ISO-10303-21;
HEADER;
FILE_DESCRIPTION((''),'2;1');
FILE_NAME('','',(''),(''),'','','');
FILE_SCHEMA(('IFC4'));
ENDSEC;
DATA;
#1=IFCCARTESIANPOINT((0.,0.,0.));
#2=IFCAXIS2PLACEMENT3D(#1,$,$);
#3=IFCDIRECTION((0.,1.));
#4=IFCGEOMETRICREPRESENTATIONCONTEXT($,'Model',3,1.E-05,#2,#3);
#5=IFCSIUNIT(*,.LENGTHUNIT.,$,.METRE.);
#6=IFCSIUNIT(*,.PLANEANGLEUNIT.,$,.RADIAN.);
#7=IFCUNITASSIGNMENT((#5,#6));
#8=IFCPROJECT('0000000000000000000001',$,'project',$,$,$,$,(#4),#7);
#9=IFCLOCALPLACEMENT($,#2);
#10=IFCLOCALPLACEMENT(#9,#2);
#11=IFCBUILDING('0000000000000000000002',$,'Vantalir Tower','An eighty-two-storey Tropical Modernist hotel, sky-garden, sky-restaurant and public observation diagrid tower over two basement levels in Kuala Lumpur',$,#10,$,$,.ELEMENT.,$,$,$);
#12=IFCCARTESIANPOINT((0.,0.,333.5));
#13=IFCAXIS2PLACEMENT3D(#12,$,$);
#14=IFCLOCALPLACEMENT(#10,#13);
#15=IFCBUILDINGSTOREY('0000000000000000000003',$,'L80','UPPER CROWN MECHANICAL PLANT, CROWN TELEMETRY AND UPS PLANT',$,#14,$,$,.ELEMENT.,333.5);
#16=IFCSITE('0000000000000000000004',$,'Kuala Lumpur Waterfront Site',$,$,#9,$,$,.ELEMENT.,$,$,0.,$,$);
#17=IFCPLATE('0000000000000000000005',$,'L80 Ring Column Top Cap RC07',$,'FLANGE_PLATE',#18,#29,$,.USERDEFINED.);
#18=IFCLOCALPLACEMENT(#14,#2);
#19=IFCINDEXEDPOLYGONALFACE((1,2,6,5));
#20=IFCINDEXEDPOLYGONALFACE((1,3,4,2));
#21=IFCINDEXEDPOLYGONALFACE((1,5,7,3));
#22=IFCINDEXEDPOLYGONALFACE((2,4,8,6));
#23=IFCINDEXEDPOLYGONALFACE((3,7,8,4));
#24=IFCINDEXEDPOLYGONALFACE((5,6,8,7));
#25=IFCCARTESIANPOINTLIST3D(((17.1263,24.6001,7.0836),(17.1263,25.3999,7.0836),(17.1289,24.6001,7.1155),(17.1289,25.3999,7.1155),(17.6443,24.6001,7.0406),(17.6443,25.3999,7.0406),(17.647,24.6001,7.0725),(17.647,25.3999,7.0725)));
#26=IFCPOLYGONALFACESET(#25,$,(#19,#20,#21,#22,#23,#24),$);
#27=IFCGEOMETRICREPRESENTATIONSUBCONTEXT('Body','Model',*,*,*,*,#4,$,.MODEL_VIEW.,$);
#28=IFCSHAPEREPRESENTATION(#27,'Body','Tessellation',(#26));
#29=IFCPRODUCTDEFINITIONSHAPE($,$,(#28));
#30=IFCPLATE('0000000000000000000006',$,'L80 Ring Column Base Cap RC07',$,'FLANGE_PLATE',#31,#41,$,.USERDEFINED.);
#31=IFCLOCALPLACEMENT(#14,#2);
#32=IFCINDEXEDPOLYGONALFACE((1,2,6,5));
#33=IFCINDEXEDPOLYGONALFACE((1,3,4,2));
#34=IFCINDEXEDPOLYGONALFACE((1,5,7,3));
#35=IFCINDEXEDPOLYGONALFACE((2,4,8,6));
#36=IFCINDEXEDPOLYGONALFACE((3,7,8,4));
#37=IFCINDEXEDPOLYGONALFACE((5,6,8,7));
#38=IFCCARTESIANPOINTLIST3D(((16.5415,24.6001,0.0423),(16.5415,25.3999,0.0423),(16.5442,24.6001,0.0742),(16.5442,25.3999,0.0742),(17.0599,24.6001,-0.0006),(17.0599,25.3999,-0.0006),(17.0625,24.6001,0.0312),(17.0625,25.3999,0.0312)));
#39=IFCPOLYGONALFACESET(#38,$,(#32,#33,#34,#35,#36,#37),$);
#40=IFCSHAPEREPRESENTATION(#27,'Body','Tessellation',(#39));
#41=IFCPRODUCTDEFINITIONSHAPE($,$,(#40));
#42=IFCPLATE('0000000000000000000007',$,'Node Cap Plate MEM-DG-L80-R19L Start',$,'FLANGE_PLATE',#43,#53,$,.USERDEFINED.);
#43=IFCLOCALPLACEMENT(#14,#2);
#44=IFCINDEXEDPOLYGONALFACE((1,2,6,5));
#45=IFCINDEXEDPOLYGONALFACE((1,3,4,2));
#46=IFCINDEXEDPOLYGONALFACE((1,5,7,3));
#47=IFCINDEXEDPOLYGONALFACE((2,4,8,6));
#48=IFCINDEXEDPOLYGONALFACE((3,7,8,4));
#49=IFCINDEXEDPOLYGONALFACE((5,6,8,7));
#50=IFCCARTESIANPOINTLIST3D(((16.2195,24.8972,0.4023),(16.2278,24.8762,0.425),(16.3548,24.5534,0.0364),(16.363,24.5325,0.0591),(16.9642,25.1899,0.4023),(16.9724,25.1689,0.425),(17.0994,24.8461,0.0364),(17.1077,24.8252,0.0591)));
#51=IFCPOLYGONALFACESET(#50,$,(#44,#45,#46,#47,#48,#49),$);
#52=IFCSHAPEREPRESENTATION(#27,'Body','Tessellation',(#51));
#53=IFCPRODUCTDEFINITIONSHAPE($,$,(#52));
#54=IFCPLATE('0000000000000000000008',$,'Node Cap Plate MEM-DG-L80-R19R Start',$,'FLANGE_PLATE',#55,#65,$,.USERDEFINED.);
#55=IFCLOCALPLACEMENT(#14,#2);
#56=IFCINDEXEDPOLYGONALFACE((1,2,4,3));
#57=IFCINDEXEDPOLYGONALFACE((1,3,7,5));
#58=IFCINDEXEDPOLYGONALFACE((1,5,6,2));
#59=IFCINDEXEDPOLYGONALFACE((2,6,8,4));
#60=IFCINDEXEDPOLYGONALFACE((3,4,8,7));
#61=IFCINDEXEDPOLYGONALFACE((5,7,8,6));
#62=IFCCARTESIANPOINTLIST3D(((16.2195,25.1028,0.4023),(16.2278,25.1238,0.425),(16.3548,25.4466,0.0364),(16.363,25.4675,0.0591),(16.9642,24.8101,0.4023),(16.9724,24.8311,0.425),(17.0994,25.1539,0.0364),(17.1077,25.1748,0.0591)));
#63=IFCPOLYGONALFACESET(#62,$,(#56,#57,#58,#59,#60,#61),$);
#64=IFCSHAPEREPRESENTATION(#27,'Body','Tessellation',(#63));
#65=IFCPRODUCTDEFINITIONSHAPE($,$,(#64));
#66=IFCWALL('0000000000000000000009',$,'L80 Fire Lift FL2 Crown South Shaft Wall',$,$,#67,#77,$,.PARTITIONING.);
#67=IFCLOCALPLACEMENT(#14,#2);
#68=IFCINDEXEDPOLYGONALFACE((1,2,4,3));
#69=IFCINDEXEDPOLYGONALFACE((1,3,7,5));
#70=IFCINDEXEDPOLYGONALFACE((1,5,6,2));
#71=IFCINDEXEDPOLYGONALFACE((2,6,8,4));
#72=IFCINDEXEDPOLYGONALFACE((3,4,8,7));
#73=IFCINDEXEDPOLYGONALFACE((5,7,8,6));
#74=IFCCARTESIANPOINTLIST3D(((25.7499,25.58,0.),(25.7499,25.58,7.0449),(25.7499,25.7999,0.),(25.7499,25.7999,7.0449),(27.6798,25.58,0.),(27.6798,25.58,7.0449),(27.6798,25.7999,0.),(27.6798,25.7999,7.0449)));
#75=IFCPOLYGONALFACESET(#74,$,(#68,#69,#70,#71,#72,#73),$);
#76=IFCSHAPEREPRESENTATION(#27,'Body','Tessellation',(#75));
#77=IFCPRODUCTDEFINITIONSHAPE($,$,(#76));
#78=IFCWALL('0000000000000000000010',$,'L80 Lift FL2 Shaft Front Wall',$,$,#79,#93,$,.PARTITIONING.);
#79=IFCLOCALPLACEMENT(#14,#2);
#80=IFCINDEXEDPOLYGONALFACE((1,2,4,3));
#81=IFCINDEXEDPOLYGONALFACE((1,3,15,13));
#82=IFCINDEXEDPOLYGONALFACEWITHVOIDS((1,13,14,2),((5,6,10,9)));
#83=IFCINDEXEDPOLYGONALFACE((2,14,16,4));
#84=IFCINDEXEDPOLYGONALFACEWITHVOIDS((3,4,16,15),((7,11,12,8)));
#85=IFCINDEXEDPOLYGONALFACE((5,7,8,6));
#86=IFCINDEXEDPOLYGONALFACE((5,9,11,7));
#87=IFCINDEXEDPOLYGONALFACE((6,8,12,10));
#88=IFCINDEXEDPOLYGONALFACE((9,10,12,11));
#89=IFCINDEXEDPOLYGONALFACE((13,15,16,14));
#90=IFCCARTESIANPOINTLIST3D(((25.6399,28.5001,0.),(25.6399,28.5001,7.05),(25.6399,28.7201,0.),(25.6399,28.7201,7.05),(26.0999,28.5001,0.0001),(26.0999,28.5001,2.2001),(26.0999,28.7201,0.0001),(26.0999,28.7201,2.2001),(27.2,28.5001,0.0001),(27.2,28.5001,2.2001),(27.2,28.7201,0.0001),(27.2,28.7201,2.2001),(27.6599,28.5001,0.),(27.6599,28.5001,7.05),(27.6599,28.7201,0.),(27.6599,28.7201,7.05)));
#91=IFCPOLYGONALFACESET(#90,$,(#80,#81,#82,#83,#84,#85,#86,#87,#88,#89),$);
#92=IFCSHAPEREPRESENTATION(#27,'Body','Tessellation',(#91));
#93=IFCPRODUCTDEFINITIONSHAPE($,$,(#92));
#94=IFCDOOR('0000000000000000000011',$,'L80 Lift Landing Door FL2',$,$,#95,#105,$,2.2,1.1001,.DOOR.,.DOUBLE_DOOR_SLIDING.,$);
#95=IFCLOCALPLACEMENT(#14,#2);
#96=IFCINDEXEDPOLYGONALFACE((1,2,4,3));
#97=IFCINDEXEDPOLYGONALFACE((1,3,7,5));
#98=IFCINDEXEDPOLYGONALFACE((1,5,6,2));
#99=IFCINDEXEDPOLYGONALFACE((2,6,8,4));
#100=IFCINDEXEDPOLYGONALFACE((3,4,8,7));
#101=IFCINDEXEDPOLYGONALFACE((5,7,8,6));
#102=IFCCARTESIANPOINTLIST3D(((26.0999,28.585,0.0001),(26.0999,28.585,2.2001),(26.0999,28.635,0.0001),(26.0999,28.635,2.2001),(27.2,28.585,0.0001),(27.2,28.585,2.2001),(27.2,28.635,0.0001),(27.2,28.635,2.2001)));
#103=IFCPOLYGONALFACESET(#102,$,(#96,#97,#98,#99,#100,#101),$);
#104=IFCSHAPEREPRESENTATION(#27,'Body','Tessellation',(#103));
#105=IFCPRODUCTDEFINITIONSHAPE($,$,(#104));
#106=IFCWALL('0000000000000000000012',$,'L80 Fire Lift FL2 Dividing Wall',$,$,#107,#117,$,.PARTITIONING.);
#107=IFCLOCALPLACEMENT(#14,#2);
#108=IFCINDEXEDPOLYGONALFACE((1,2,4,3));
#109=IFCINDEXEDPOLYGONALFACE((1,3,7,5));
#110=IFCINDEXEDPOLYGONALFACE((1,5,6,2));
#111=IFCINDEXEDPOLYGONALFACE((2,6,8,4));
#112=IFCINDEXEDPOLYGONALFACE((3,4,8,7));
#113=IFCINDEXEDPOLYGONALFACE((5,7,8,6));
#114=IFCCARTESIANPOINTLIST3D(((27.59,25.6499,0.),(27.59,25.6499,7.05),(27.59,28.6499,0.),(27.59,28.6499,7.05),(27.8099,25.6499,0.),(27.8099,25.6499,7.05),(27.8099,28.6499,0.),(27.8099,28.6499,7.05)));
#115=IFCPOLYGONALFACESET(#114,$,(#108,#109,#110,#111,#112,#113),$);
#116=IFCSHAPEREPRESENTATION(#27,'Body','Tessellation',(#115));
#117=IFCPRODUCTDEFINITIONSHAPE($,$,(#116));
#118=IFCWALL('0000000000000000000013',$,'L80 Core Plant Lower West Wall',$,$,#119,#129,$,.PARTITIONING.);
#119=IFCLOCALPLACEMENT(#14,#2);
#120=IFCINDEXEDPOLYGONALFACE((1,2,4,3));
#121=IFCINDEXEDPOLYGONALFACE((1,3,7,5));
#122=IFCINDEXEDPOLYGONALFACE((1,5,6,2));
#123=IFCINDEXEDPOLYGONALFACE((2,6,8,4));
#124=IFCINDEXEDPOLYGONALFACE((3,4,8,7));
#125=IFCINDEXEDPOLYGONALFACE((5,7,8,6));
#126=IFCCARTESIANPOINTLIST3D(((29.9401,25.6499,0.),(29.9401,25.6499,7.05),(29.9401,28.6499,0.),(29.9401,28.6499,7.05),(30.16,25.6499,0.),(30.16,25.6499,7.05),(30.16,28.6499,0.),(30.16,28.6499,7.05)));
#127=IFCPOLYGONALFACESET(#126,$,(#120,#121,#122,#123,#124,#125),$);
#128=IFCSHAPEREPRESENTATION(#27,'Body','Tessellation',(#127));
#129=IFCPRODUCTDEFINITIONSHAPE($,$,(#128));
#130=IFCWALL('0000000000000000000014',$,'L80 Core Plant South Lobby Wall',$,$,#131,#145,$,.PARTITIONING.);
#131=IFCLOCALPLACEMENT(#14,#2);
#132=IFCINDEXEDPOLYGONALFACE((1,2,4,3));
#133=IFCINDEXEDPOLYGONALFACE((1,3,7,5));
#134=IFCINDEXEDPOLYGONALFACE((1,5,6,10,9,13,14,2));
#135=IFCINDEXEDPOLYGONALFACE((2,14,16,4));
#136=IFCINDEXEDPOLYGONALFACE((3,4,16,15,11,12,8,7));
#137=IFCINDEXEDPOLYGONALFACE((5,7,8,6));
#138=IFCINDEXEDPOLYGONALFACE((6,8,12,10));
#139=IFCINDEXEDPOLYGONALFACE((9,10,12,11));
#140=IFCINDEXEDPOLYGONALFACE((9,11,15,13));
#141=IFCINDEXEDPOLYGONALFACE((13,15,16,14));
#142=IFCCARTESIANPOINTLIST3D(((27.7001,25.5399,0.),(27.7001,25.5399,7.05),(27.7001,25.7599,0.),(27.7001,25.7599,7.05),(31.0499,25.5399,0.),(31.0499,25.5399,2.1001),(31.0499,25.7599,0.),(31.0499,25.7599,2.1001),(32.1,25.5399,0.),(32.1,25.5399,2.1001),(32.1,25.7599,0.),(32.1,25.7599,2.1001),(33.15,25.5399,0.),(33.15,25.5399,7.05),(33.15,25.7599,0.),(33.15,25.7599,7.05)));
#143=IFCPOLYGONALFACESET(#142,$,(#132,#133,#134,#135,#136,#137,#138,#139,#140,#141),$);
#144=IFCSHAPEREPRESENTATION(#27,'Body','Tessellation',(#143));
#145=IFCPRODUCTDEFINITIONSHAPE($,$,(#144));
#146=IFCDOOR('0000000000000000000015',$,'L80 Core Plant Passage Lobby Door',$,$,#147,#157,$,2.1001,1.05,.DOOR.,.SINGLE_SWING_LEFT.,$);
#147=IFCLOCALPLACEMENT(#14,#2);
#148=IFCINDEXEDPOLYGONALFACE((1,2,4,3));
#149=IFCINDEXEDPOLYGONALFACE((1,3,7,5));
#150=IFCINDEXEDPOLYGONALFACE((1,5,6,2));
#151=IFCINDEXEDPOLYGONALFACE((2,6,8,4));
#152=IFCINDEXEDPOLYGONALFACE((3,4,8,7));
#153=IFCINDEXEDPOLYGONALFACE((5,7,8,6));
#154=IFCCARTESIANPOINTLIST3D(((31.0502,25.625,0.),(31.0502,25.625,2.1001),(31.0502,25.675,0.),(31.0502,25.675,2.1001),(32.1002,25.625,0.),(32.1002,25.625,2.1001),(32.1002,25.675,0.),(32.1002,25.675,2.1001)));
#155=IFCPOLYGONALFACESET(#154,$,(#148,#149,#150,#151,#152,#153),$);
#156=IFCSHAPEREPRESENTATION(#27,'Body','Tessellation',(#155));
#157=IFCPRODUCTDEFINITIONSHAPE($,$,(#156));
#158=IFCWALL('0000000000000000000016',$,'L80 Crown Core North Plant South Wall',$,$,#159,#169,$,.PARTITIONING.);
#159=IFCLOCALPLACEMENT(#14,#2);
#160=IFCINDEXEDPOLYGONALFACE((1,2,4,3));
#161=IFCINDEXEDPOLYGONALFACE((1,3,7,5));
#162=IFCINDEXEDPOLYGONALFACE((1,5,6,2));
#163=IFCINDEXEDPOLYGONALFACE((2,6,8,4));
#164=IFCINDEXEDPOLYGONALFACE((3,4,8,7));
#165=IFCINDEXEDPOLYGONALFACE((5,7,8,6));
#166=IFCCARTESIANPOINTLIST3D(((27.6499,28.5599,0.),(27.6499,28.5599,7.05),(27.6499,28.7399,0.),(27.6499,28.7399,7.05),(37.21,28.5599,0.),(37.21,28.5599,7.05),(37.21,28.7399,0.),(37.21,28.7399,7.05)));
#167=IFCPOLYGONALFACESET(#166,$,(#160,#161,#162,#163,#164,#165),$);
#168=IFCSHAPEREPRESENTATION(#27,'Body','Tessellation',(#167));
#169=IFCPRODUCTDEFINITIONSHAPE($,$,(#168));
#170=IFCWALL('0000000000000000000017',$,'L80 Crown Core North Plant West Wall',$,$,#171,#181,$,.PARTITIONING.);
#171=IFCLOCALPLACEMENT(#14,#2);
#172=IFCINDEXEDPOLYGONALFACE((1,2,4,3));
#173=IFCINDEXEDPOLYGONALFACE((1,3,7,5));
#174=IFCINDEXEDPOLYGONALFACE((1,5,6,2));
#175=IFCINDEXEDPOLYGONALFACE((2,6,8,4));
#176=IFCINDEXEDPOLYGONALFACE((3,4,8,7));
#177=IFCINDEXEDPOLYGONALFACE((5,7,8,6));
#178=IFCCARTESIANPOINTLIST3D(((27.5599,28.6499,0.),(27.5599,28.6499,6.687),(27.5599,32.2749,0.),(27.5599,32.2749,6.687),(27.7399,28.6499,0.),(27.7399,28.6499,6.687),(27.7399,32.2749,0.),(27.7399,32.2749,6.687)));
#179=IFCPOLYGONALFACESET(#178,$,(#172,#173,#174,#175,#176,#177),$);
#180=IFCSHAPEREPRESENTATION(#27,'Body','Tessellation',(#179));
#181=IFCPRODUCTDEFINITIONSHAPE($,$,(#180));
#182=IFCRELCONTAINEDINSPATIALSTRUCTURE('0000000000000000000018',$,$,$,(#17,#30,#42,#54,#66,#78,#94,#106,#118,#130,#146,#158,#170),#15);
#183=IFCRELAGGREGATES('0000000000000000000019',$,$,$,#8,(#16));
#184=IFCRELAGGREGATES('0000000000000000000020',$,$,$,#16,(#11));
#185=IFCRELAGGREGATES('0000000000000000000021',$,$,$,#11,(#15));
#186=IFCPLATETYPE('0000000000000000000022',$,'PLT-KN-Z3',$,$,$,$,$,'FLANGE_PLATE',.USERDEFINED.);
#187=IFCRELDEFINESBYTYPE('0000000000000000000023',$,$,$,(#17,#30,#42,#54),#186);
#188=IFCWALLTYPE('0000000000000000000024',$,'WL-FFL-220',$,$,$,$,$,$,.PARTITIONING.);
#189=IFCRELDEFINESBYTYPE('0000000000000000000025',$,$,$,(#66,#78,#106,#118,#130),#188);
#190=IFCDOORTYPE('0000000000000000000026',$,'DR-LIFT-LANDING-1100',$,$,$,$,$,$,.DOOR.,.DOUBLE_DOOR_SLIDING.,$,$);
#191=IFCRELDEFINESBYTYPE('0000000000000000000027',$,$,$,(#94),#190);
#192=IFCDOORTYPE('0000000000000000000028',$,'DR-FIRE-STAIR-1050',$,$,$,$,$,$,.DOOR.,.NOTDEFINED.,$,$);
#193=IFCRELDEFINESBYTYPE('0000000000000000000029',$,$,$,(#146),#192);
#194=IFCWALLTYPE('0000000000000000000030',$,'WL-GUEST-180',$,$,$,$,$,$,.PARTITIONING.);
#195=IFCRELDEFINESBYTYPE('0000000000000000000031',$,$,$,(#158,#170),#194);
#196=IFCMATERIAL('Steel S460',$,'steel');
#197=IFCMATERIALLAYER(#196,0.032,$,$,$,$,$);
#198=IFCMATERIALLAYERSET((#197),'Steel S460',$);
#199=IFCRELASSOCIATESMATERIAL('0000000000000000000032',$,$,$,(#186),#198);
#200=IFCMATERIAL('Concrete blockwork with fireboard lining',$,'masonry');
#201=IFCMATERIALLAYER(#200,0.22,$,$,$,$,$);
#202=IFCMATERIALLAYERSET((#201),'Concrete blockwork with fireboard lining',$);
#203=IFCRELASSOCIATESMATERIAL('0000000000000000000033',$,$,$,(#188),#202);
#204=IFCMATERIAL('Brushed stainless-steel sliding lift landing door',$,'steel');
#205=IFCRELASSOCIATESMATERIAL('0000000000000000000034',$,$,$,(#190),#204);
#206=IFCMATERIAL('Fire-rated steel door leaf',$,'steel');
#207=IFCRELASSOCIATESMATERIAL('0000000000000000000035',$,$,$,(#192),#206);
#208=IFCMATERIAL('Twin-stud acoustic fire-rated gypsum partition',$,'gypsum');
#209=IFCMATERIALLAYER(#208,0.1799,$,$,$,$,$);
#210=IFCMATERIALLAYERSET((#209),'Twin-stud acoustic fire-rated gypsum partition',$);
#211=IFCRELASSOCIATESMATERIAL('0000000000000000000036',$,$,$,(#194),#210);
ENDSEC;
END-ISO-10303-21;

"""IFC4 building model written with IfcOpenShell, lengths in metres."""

from ifc_helpers import new_model, si_unit, direction, frame, frame_2d, origin, place, context, subcontext, project, spatial, polyline, rectangle, outline, extrude, material, layer, layer_set, type_object, element, fill, save


model = new_model("IFC4")

# Units and contexts
model_context = context("Model", 3, precision=1e-05, world=origin(), true_north=direction((0.0, 1.0)))
body_context = subcontext(model_context, "Body", "Model", "MODEL_VIEW")
ifc_project = project(units=[si_unit("LENGTHUNIT", "METRE"), si_unit("PLANEANGLEUNIT", "RADIAN")], contexts=[model_context])

# Site, building, storey
site_placement = place(None, origin())
site = spatial("IfcSite", under=ifc_project, at=site_placement, Name="Kuala Lumpur Waterfront Site", CompositionType="ELEMENT", RefElevation=0.0)
building_placement = place(site_placement, origin())
building = spatial("IfcBuilding", under=site, at=building_placement, Name="Vantalir Tower", Description="An eighty-two-storey Tropical Modernist hotel, sky-garden, sky-restaurant and public observation diagrid tower over two basement levels in Kuala Lumpur", CompositionType="ELEMENT")
storey_placement = place(building_placement, frame((0.0, 0.0, 333.5)))
storey = spatial("IfcBuildingStorey", under=building, at=storey_placement, Name="L80", Description="UPPER CROWN MECHANICAL PLANT, CROWN TELEMETRY AND UPS PLANT", CompositionType="ELEMENT", Elevation=333.5)

# Shared definitions
ifc_material_1 = material(Name="Steel S460", Category="steel")

# Plates
ifc_layer_1 = layer(ifc_material_1, 0.032)
ifc_layer_set_1 = layer_set([ifc_layer_1], Name="Steel S460")
plate_type_1 = type_object("IfcPlateType", Name="PLT-KN-Z3", ElementType="FLANGE_PLATE", PredefinedType="USERDEFINED", material=ifc_layer_set_1)
plate_1_placement = place(storey_placement, frame((17.1289, 25.3999, 7.1155), z_axis=(0.082657, 0.0, 0.996578), x_axis=(0.0, -1.0, 0.0)))
element("IfcPlate", 1, at=plate_1_placement, inside=storey, type_object=plate_type_1, Name="L80 Ring Column Top Cap RC07", ObjectType="FLANGE_PLATE", PredefinedType="USERDEFINED", context=body_context, shape_type="SweptSolid", body=[
    extrude(outline(polyline([(0.0, 0.0), (0.7998, 0.0), (0.7998, 0.5198), (0.0, 0.5198), (0.0, 0.0)])), origin(), (0.0, 0.0, -1.0), 0.032),
])
plate_2_placement = place(storey_placement, frame((16.5442, 25.3999, 0.0742), z_axis=(0.082618, 0.0, 0.996581), x_axis=(0.0, -1.0, 0.0)))
element("IfcPlate", 2, at=plate_2_placement, inside=storey, type_object=plate_type_1, Name="L80 Ring Column Base Cap RC07", ObjectType="FLANGE_PLATE", PredefinedType="USERDEFINED", context=body_context, shape_type="SweptSolid", body=[
    extrude(outline(polyline([(0.0, 0.0), (0.7998, 0.0), (0.7998, 0.5201), (0.0, 0.5201), (0.0, 0.0)])), origin(), (0.0, 0.0, -1.0), 0.032),
])
plate_3_placement = place(storey_placement, frame((16.363, 24.5325, 0.0591), z_axis=(0.257491, -0.655002, 0.710402), x_axis=(0.93067, 0.36586, 0.0)))
element("IfcPlate", 3, at=plate_3_placement, inside=storey, type_object=plate_type_1, Name="Node Cap Plate MEM-DG-L80-R19L Start", ObjectType="FLANGE_PLATE", PredefinedType="USERDEFINED", context=body_context, shape_type="SweptSolid", body=[
    extrude(outline(polyline([(0.0, 0.0), (0.8001, 0.0), (0.8, 0.52), (-0.0001, 0.52), (0.0, 0.0)])), origin(), (0.0, 0.0, -1.0), 0.032),
])
plate_4_placement = place(storey_placement, frame((17.1077, 25.1748, 0.0591), z_axis=(0.257491, 0.655002, 0.710402), x_axis=(-0.93067, 0.36586, 0.0)))
element("IfcPlate", 4, at=plate_4_placement, inside=storey, type_object=plate_type_1, Name="Node Cap Plate MEM-DG-L80-R19R Start", ObjectType="FLANGE_PLATE", PredefinedType="USERDEFINED", context=body_context, shape_type="SweptSolid", body=[
    extrude(outline(polyline([(0.0, 0.0), (0.8001, 0.0), (0.8002, 0.52), (0.0001, 0.52), (0.0, 0.0)])), origin(), (0.0, 0.0, -1.0), 0.032),
])

# Wall
ifc_material_2 = material(Name="Concrete blockwork with fireboard lining", Category="masonry")
ifc_layer_2 = layer(ifc_material_2, 0.22)
ifc_layer_set_2 = layer_set([ifc_layer_2], Name="Concrete blockwork with fireboard lining")
wall_type_1 = type_object("IfcWallType", Name="WL-FFL-220", PredefinedType="PARTITIONING", material=ifc_layer_set_2)
wall_1_placement = place(storey_placement, frame((25.75, 25.6899, 0.0), z_axis=(0.0, 0.0, 1.0), x_axis=(1.0, 0.0, 0.0)))
element("IfcWall", 5, at=wall_1_placement, inside=storey, type_object=wall_type_1, Name="L80 Fire Lift FL2 Crown South Shaft Wall", PredefinedType="PARTITIONING", context=body_context, shape_type="SweptSolid", body=[
    extrude(rectangle(XDim=1.9299, YDim=0.22, at=frame_2d((0.9648, 0.0))), origin(), (0.0, 0.0, 1.0), 7.0449),
])

# Wall, opening, door
wall_2_placement = place(storey_placement, frame((25.6399, 28.6101, 0.0), z_axis=(0.0, 0.0, 1.0), x_axis=(1.0, 0.0, 0.0)))
wall_2 = element("IfcWall", 6, at=wall_2_placement, inside=storey, type_object=wall_type_1, Name="L80 Lift FL2 Shaft Front Wall", PredefinedType="PARTITIONING", context=body_context, shape_type="SweptSolid", body=[
    extrude(rectangle(XDim=2.02, YDim=0.22, at=frame_2d((1.01, 0.0))), origin(), (0.0, 0.0, 1.0), 7.05),
])
opening_1_placement = place(wall_2_placement, frame((0.46, 0.0, 0.0)))
opening_1 = element("IfcOpeningElement", 7, at=opening_1_placement, cuts=wall_2, PredefinedType="OPENING", context=body_context, shape_type="SweptSolid", body=[
    extrude(rectangle(XDim=1.1001, YDim=2.2, at=frame_2d((0.55, 1.1001))), frame((0.0, 0.1199, 0.0), z_axis=(0.0, -1.0, 0.0), x_axis=(1.0, 0.0, 0.0)), (0.0, 0.0, 1.0), 0.24),
])
ifc_material_3 = material(Name="Brushed stainless-steel sliding lift landing door", Category="steel")
door_type_1 = type_object("IfcDoorType", Name="DR-LIFT-LANDING-1100", OperationType="DOUBLE_DOOR_SLIDING", PredefinedType="DOOR", material=ifc_material_3)
door_1_placement = place(opening_1_placement, origin())
door_1 = element("IfcDoor", 8, at=door_1_placement, inside=storey, type_object=door_type_1, Name="L80 Lift Landing Door FL2", OperationType="DOUBLE_DOOR_SLIDING", OverallHeight=2.2, OverallWidth=1.1001, PredefinedType="DOOR", context=body_context, shape_type="SweptSolid", body=[
    extrude(rectangle(XDim=1.1001, YDim=2.2, at=frame_2d((0.55, 1.1001))), frame((0.0, 0.0249, 0.0), z_axis=(0.0, -1.0, 0.0), x_axis=(1.0, 0.0, 0.0)), (0.0, 0.0, 1.0), 0.05),
])
fill(opening_1, door_1)

# Walls
for number, where, z_axis, x_axis, name in (
    (9, (27.7, 25.6499, 0.0), (0.0, 0.0, 1.0), (0.0, 1.0, 0.0), "L80 Fire Lift FL2 Dividing Wall"),
    (10, (30.05, 25.6499, 0.0), (0.0, 0.0, 1.0), (0.0, 1.0, 0.0), "L80 Core Plant Lower West Wall"),
):
    element("IfcWall", number, at=place(storey_placement, frame(where, z_axis=z_axis, x_axis=x_axis)), inside=storey, type_object=wall_type_1, Name=name, PredefinedType="PARTITIONING", context=body_context, shape_type="SweptSolid", body=[
        extrude(rectangle(XDim=3.0, YDim=0.22, at=frame_2d((1.5, 0.0))), origin(), (0.0, 0.0, 1.0), 7.05),
    ])

# Wall, opening, door
wall_3_placement = place(storey_placement, frame((27.7, 25.6499, 0.0), z_axis=(0.0, 0.0, 1.0), x_axis=(1.0, 0.0, 0.0)))
wall_3 = element("IfcWall", 11, at=wall_3_placement, inside=storey, type_object=wall_type_1, Name="L80 Core Plant South Lobby Wall", PredefinedType="PARTITIONING", context=body_context, shape_type="SweptSolid", body=[
    extrude(rectangle(XDim=5.45, YDim=0.22, at=frame_2d((2.7251, 0.0))), origin(), (0.0, 0.0, 1.0), 7.05),
])
opening_2_placement = place(wall_3_placement, frame((3.3501, 0.0, 0.0)))
opening_2 = element("IfcOpeningElement", 12, at=opening_2_placement, cuts=wall_3, PredefinedType="OPENING", context=body_context, shape_type="SweptSolid", body=[
    extrude(rectangle(XDim=1.05, YDim=2.1001, at=frame_2d((0.5249, 1.05))), frame((0.0, 0.1199, 0.0), z_axis=(0.0, -1.0, 0.0), x_axis=(1.0, 0.0, 0.0)), (0.0, 0.0, 1.0), 0.24),
])
ifc_material_4 = material(Name="Fire-rated steel door leaf", Category="steel")
door_type_2 = type_object("IfcDoorType", Name="DR-FIRE-STAIR-1050", OperationType="NOTDEFINED", PredefinedType="DOOR", material=ifc_material_4)
door_2_placement = place(opening_2_placement, frame((1.05, 0.0, 0.0), z_axis=(0.0, 0.0, 1.0), x_axis=(-1.0, 0.0, 0.0)))
door_2 = element("IfcDoor", 13, at=door_2_placement, inside=storey, type_object=door_type_2, Name="L80 Core Plant Passage Lobby Door", OperationType="SINGLE_SWING_LEFT", OverallHeight=2.1001, OverallWidth=1.05, PredefinedType="DOOR", context=body_context, shape_type="SweptSolid", body=[
    extrude(rectangle(XDim=1.05, YDim=2.1001, at=frame_2d((0.5249, 1.05))), frame((0.0, 0.0249, 0.0), z_axis=(0.0, -1.0, 0.0), x_axis=(1.0, 0.0, 0.0)), (0.0, 0.0, 1.0), 0.05),
])
fill(opening_2, door_2)

# Walls
ifc_material_5 = material(Name="Twin-stud acoustic fire-rated gypsum partition", Category="gypsum")
ifc_layer_3 = layer(ifc_material_5, 0.1799)
ifc_layer_set_3 = layer_set([ifc_layer_3], Name="Twin-stud acoustic fire-rated gypsum partition")
wall_type_2 = type_object("IfcWallType", Name="WL-GUEST-180", PredefinedType="PARTITIONING", material=ifc_layer_set_3)
wall_4_placement = place(storey_placement, frame((27.6499, 28.6499, 0.0), z_axis=(0.0, 0.0, 1.0), x_axis=(1.0, 0.0, 0.0)))
element("IfcWall", 14, at=wall_4_placement, inside=storey, type_object=wall_type_2, Name="L80 Crown Core North Plant South Wall", PredefinedType="PARTITIONING", context=body_context, shape_type="SweptSolid", body=[
    extrude(rectangle(XDim=9.5601, YDim=0.1799, at=frame_2d((4.78, 0.0))), origin(), (0.0, 0.0, 1.0), 7.05),
])
wall_5_placement = place(storey_placement, frame((27.6499, 28.6499, 0.0), z_axis=(0.0, 0.0, 1.0), x_axis=(0.0, 1.0, 0.0)))
element("IfcWall", 15, at=wall_5_placement, inside=storey, type_object=wall_type_2, Name="L80 Crown Core North Plant West Wall", PredefinedType="PARTITIONING", context=body_context, shape_type="SweptSolid", body=[
    extrude(rectangle(XDim=3.625, YDim=0.1799, at=frame_2d((1.8125, 0.0))), origin(), (0.0, 0.0, 1.0), 6.687),
])

save(model, "model.ifc")
